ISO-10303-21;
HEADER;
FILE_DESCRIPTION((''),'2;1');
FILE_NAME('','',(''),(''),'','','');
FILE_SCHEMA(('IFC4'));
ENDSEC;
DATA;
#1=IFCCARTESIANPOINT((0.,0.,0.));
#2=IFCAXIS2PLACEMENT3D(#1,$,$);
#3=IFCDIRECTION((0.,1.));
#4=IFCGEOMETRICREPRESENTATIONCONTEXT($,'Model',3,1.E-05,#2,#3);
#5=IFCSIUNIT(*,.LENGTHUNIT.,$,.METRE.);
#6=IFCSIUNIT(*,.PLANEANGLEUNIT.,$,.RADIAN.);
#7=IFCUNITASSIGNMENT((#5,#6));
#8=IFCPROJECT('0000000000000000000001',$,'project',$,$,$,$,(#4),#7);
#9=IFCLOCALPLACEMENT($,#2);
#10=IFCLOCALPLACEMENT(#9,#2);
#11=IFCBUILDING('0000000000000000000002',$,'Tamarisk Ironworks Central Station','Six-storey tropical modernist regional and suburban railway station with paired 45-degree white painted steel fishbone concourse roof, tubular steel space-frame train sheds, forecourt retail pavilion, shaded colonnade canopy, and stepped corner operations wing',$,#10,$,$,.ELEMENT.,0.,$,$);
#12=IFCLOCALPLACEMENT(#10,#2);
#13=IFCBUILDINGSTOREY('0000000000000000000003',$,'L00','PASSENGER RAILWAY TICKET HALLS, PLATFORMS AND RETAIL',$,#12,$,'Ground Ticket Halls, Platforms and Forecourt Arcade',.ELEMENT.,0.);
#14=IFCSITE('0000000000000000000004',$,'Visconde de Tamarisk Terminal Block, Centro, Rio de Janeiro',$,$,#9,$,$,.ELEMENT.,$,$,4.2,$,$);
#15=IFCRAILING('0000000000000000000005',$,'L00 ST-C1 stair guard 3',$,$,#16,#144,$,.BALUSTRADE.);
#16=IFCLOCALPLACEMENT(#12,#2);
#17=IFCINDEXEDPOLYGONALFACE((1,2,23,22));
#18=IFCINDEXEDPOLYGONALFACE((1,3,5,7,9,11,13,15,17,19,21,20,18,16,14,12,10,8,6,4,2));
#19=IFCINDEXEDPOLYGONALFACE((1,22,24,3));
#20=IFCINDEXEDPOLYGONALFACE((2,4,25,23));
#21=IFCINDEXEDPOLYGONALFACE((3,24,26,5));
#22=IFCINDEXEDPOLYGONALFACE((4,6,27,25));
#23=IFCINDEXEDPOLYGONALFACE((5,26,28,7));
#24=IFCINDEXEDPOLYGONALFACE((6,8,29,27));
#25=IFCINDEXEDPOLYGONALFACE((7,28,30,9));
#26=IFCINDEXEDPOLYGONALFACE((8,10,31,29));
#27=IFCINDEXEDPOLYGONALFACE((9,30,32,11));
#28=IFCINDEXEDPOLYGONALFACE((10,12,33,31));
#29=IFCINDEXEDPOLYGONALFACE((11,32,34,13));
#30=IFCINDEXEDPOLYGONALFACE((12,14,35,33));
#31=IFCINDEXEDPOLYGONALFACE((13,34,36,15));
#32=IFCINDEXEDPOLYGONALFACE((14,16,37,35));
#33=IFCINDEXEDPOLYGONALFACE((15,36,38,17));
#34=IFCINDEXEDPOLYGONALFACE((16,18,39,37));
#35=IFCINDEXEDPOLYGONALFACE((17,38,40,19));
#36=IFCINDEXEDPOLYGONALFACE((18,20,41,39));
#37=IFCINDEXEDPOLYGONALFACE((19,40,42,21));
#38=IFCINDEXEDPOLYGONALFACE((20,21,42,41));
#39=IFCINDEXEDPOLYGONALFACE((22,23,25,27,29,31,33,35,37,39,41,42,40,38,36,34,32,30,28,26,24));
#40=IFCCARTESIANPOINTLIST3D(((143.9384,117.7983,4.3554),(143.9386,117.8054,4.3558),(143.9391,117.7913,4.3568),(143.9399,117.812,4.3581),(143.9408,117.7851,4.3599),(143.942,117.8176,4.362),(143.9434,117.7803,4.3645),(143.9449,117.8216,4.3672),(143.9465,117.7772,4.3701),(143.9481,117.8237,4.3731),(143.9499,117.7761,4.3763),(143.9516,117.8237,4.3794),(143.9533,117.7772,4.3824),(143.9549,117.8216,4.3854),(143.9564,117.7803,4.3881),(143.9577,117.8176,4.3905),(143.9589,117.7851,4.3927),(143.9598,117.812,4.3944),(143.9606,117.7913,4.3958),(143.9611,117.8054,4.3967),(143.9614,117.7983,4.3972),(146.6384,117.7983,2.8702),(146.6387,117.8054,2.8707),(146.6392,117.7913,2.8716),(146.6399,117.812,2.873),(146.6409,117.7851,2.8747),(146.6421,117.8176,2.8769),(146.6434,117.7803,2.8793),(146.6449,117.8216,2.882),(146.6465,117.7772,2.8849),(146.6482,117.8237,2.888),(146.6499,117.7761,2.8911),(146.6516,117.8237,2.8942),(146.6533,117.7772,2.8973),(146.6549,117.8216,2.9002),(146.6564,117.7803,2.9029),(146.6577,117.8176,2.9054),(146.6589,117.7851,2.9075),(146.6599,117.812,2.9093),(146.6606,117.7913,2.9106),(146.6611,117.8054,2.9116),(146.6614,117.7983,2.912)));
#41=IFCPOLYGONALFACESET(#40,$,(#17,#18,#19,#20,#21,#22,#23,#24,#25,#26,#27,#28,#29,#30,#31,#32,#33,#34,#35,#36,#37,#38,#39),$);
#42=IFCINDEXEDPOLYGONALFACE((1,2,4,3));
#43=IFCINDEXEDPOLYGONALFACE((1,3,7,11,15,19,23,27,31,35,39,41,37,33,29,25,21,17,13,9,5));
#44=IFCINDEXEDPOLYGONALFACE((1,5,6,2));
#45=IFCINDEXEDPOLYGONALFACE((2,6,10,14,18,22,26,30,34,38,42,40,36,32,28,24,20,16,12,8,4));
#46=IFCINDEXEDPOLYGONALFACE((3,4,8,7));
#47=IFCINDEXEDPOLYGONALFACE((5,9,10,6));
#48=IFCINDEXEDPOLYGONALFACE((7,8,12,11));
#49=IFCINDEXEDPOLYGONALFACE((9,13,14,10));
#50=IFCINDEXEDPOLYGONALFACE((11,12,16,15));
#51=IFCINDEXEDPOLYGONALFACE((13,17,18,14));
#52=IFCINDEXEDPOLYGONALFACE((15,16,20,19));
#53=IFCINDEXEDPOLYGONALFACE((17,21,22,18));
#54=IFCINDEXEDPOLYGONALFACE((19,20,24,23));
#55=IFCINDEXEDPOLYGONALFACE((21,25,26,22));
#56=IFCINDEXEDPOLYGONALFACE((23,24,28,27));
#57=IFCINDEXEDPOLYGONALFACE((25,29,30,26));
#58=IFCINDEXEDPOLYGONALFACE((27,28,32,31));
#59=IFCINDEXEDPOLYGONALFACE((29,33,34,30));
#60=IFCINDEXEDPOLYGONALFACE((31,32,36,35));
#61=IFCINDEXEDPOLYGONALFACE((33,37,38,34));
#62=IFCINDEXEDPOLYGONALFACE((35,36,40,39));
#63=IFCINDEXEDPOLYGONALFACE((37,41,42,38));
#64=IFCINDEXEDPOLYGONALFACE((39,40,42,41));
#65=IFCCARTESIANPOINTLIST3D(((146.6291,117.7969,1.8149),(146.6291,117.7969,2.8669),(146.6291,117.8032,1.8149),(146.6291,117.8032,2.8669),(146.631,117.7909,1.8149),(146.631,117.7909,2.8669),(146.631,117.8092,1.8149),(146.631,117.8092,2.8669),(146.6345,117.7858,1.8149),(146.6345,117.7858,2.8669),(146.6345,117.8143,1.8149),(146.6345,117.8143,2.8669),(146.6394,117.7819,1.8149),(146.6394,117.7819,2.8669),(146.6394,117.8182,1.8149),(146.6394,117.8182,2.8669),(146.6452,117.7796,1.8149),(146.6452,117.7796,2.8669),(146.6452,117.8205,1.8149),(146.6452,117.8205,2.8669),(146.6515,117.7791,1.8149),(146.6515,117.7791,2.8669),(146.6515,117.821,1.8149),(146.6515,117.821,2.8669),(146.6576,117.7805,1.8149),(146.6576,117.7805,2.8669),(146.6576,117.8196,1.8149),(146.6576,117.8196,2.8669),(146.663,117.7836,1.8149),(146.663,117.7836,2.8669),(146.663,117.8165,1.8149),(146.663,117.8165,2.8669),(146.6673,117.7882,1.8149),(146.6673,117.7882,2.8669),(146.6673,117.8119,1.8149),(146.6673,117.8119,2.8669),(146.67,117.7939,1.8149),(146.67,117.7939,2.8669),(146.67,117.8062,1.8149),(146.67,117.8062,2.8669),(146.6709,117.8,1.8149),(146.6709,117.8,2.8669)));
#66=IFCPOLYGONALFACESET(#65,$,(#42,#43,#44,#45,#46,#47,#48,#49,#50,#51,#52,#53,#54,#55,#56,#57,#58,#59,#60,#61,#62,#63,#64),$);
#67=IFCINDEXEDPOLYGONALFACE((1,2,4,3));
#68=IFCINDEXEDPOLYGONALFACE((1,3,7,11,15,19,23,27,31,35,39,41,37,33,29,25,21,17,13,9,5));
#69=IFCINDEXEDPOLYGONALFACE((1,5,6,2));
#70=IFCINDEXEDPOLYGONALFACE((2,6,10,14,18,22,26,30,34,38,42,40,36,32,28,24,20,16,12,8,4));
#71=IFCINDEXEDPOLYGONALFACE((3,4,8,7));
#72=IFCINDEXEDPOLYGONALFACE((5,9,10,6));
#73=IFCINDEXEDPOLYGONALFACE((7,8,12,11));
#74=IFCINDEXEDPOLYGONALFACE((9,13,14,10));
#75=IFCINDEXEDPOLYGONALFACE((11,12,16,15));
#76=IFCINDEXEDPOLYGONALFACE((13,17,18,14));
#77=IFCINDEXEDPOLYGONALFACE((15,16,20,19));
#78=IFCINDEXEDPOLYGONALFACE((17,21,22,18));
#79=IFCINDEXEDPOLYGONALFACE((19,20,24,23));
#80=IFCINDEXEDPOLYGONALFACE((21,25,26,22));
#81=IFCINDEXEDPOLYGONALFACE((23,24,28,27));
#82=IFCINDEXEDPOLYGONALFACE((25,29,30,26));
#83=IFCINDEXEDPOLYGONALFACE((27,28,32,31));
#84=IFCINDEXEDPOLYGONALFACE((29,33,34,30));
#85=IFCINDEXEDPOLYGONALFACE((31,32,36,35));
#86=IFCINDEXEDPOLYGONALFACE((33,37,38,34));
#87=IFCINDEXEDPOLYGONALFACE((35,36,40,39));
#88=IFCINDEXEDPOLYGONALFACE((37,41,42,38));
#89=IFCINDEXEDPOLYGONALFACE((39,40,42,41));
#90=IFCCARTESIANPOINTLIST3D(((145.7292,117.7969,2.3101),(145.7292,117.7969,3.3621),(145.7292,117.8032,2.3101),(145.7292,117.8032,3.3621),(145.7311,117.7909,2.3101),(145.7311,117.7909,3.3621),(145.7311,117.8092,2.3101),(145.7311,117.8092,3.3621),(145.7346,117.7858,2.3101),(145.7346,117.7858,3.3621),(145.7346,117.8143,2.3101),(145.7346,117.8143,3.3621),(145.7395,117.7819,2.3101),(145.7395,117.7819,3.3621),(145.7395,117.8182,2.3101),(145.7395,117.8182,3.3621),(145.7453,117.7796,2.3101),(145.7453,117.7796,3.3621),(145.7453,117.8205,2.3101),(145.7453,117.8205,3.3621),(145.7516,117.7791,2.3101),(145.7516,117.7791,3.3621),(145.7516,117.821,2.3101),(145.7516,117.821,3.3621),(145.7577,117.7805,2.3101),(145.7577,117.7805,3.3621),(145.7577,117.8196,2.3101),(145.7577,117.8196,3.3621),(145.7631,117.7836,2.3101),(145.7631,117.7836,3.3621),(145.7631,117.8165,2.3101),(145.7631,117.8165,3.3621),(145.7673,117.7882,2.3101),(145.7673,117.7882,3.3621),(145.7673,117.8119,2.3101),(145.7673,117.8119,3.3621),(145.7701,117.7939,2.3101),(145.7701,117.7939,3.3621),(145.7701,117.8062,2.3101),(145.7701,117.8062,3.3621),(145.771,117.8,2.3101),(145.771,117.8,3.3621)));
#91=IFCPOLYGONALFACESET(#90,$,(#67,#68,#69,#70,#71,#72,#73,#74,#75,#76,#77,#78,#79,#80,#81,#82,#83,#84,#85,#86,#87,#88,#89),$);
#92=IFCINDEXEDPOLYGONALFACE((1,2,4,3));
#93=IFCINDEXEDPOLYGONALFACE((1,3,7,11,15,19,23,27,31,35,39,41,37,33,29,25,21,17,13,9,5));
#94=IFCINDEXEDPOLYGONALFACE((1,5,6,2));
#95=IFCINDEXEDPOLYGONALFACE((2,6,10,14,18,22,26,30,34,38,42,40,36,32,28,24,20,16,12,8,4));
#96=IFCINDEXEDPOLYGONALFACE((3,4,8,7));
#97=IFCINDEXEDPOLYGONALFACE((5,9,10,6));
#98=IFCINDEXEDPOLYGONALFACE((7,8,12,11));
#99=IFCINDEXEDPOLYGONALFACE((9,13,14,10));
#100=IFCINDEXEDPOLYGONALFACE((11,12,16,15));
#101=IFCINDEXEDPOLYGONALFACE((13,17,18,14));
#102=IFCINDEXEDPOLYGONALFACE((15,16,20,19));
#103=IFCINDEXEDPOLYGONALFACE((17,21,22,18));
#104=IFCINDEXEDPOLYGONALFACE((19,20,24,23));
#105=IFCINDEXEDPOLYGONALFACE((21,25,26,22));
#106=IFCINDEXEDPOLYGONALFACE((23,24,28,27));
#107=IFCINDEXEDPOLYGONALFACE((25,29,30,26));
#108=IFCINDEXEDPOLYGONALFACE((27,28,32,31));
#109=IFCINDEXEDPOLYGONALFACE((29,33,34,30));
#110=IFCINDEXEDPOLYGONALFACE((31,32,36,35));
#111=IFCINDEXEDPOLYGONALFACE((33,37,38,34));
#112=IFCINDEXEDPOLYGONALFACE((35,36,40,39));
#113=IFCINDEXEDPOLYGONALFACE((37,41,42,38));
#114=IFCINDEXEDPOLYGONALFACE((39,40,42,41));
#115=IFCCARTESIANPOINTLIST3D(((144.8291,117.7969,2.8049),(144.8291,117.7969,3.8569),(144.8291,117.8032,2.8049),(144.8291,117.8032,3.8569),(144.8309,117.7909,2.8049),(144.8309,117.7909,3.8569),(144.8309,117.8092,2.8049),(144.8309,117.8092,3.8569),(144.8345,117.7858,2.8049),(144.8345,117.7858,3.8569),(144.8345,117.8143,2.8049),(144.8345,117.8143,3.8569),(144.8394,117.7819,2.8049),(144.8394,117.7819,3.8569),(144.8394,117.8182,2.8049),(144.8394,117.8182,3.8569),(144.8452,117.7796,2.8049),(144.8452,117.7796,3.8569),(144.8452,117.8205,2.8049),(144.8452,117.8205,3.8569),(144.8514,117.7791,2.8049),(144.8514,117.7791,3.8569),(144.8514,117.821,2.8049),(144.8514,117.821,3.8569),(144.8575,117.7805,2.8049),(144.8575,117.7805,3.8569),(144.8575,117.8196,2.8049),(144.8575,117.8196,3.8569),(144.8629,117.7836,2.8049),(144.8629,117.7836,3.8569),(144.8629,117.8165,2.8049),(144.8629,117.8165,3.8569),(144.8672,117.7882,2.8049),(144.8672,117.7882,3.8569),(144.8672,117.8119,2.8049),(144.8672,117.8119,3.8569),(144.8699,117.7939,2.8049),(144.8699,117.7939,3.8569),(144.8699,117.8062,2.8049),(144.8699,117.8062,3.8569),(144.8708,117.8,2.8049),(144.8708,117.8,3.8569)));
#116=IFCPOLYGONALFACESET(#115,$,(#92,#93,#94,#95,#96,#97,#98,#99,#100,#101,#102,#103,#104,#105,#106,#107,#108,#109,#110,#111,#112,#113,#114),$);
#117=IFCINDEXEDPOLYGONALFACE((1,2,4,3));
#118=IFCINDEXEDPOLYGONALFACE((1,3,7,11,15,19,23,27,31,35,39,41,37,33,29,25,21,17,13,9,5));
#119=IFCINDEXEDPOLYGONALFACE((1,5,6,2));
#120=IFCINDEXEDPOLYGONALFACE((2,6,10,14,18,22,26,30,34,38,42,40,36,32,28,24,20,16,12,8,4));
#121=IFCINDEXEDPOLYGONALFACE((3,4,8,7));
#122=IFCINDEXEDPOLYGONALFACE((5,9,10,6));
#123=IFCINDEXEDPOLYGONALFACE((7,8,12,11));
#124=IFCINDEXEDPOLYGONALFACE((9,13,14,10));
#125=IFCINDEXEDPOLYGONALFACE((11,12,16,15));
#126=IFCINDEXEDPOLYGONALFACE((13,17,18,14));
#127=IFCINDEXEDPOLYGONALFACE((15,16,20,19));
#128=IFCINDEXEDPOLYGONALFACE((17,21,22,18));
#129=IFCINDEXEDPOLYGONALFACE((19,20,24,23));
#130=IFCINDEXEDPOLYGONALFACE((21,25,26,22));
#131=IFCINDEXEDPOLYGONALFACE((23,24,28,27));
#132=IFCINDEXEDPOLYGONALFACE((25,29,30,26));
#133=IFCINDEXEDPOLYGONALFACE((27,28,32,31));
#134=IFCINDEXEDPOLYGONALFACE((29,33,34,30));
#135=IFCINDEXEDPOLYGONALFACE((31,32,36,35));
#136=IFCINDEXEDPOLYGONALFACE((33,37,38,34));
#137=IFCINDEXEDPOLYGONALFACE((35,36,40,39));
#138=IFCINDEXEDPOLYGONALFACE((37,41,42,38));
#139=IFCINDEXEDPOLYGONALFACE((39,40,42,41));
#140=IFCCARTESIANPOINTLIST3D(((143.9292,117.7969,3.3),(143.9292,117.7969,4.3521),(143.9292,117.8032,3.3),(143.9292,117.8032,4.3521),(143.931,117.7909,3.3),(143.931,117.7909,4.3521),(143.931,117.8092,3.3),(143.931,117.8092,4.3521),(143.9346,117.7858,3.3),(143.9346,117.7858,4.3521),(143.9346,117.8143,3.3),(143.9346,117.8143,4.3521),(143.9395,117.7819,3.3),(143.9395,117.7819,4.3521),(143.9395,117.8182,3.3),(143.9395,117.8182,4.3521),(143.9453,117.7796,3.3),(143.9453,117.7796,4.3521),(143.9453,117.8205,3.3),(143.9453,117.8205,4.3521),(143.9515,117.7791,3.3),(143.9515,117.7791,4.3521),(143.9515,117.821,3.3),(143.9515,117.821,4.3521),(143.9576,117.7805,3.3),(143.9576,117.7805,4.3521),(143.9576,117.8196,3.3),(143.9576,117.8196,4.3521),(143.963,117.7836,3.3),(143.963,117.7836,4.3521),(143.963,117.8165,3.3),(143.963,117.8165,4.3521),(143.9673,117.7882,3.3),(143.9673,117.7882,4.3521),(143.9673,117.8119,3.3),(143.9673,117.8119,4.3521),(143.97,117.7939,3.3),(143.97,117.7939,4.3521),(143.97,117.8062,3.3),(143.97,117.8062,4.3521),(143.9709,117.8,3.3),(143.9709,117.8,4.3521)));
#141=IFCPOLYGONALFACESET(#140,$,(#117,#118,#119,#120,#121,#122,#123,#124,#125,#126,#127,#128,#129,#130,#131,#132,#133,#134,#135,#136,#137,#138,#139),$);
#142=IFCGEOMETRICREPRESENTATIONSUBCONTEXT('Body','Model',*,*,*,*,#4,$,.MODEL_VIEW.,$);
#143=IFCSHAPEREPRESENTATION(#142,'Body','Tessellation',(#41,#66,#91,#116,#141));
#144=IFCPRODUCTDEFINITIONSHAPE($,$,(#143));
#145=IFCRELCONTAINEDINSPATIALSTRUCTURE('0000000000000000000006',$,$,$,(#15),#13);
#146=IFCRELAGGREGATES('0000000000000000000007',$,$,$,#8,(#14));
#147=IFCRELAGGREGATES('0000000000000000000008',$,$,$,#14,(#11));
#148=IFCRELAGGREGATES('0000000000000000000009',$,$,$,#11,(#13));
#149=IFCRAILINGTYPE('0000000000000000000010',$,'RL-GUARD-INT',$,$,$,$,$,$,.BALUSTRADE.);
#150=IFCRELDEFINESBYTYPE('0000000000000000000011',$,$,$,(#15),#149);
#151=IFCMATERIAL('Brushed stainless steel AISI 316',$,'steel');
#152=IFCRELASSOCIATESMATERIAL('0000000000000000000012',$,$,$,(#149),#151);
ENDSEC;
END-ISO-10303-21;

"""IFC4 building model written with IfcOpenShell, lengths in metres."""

from ifc_helpers import new_model, si_unit, direction, frame, origin, origin_2d, place, context, subcontext, project, spatial, circle, extrude, material, type_object, element, save


model = new_model("IFC4")

# Units and contexts
model_context = context("Model", 3, precision=1e-05, world=origin(), true_north=direction((0.0, 1.0)))
body_context = subcontext(model_context, "Body", "Model", "MODEL_VIEW")
ifc_project = project(units=[si_unit("LENGTHUNIT", "METRE"), si_unit("PLANEANGLEUNIT", "RADIAN")], contexts=[model_context])

# Site, building, storey
site_placement = place(None, origin())
site = spatial("IfcSite", under=ifc_project, at=site_placement, Name="Visconde de Tamarisk Terminal Block, Centro, Rio de Janeiro", CompositionType="ELEMENT", RefElevation=4.2)
building_placement = place(site_placement, origin())
building = spatial("IfcBuilding", under=site, at=building_placement, Name="Tamarisk Ironworks Central Station", Description="Six-storey tropical modernist regional and suburban railway station with paired 45-degree white painted steel fishbone concourse roof, tubular steel space-frame train sheds, forecourt retail pavilion, shaded colonnade canopy, and stepped corner operations wing", CompositionType="ELEMENT", ElevationOfRefHeight=0.0)
storey_placement = place(building_placement, origin())
storey = spatial("IfcBuildingStorey", under=building, at=storey_placement, Name="L00", Description="PASSENGER RAILWAY TICKET HALLS, PLATFORMS AND RETAIL", LongName="Ground Ticket Halls, Platforms and Forecourt Arcade", CompositionType="ELEMENT", Elevation=0.0)

# Railing
ifc_material_1 = material(Name="Brushed stainless steel AISI 316", Category="steel")
railing_type_1 = type_object("IfcRailingType", Name="RL-GUARD-INT", PredefinedType="BALUSTRADE", material=ifc_material_1)
railing_1_placement = place(storey_placement, frame((146.6499, 117.8, 1.8149)))
element("IfcRailing", 1, at=railing_1_placement, inside=storey, type_object=railing_type_1, Name="L00 ST-C1 stair guard 3", PredefinedType="BALUSTRADE", context=body_context, shape_type="SweptSolid", body=[
    extrude(circle(Radius=0.0239, at=origin_2d()), frame((0.0, 0.0, 1.0762), z_axis=(-0.876198, 0.0, 0.481952), x_axis=(0.0, -1.0, 0.0)), (0.0, 0.0, 1.0), 3.0815),
    extrude(circle(Radius=0.021, at=origin_2d()), origin(), (0.0, 0.0, 1.0), 1.052),
    extrude(circle(Radius=0.021, at=origin_2d()), frame((-0.8999, 0.0, 0.4951)), (0.0, 0.0, 1.0), 1.052),
    extrude(circle(Radius=0.021, at=origin_2d()), frame((-1.8, 0.0, 0.99)), (0.0, 0.0, 1.0), 1.052),
    extrude(circle(Radius=0.021, at=origin_2d()), frame((-2.7, 0.0, 1.4851)), (0.0, 0.0, 1.0), 1.052),
])

save(model, "model.ifc")
